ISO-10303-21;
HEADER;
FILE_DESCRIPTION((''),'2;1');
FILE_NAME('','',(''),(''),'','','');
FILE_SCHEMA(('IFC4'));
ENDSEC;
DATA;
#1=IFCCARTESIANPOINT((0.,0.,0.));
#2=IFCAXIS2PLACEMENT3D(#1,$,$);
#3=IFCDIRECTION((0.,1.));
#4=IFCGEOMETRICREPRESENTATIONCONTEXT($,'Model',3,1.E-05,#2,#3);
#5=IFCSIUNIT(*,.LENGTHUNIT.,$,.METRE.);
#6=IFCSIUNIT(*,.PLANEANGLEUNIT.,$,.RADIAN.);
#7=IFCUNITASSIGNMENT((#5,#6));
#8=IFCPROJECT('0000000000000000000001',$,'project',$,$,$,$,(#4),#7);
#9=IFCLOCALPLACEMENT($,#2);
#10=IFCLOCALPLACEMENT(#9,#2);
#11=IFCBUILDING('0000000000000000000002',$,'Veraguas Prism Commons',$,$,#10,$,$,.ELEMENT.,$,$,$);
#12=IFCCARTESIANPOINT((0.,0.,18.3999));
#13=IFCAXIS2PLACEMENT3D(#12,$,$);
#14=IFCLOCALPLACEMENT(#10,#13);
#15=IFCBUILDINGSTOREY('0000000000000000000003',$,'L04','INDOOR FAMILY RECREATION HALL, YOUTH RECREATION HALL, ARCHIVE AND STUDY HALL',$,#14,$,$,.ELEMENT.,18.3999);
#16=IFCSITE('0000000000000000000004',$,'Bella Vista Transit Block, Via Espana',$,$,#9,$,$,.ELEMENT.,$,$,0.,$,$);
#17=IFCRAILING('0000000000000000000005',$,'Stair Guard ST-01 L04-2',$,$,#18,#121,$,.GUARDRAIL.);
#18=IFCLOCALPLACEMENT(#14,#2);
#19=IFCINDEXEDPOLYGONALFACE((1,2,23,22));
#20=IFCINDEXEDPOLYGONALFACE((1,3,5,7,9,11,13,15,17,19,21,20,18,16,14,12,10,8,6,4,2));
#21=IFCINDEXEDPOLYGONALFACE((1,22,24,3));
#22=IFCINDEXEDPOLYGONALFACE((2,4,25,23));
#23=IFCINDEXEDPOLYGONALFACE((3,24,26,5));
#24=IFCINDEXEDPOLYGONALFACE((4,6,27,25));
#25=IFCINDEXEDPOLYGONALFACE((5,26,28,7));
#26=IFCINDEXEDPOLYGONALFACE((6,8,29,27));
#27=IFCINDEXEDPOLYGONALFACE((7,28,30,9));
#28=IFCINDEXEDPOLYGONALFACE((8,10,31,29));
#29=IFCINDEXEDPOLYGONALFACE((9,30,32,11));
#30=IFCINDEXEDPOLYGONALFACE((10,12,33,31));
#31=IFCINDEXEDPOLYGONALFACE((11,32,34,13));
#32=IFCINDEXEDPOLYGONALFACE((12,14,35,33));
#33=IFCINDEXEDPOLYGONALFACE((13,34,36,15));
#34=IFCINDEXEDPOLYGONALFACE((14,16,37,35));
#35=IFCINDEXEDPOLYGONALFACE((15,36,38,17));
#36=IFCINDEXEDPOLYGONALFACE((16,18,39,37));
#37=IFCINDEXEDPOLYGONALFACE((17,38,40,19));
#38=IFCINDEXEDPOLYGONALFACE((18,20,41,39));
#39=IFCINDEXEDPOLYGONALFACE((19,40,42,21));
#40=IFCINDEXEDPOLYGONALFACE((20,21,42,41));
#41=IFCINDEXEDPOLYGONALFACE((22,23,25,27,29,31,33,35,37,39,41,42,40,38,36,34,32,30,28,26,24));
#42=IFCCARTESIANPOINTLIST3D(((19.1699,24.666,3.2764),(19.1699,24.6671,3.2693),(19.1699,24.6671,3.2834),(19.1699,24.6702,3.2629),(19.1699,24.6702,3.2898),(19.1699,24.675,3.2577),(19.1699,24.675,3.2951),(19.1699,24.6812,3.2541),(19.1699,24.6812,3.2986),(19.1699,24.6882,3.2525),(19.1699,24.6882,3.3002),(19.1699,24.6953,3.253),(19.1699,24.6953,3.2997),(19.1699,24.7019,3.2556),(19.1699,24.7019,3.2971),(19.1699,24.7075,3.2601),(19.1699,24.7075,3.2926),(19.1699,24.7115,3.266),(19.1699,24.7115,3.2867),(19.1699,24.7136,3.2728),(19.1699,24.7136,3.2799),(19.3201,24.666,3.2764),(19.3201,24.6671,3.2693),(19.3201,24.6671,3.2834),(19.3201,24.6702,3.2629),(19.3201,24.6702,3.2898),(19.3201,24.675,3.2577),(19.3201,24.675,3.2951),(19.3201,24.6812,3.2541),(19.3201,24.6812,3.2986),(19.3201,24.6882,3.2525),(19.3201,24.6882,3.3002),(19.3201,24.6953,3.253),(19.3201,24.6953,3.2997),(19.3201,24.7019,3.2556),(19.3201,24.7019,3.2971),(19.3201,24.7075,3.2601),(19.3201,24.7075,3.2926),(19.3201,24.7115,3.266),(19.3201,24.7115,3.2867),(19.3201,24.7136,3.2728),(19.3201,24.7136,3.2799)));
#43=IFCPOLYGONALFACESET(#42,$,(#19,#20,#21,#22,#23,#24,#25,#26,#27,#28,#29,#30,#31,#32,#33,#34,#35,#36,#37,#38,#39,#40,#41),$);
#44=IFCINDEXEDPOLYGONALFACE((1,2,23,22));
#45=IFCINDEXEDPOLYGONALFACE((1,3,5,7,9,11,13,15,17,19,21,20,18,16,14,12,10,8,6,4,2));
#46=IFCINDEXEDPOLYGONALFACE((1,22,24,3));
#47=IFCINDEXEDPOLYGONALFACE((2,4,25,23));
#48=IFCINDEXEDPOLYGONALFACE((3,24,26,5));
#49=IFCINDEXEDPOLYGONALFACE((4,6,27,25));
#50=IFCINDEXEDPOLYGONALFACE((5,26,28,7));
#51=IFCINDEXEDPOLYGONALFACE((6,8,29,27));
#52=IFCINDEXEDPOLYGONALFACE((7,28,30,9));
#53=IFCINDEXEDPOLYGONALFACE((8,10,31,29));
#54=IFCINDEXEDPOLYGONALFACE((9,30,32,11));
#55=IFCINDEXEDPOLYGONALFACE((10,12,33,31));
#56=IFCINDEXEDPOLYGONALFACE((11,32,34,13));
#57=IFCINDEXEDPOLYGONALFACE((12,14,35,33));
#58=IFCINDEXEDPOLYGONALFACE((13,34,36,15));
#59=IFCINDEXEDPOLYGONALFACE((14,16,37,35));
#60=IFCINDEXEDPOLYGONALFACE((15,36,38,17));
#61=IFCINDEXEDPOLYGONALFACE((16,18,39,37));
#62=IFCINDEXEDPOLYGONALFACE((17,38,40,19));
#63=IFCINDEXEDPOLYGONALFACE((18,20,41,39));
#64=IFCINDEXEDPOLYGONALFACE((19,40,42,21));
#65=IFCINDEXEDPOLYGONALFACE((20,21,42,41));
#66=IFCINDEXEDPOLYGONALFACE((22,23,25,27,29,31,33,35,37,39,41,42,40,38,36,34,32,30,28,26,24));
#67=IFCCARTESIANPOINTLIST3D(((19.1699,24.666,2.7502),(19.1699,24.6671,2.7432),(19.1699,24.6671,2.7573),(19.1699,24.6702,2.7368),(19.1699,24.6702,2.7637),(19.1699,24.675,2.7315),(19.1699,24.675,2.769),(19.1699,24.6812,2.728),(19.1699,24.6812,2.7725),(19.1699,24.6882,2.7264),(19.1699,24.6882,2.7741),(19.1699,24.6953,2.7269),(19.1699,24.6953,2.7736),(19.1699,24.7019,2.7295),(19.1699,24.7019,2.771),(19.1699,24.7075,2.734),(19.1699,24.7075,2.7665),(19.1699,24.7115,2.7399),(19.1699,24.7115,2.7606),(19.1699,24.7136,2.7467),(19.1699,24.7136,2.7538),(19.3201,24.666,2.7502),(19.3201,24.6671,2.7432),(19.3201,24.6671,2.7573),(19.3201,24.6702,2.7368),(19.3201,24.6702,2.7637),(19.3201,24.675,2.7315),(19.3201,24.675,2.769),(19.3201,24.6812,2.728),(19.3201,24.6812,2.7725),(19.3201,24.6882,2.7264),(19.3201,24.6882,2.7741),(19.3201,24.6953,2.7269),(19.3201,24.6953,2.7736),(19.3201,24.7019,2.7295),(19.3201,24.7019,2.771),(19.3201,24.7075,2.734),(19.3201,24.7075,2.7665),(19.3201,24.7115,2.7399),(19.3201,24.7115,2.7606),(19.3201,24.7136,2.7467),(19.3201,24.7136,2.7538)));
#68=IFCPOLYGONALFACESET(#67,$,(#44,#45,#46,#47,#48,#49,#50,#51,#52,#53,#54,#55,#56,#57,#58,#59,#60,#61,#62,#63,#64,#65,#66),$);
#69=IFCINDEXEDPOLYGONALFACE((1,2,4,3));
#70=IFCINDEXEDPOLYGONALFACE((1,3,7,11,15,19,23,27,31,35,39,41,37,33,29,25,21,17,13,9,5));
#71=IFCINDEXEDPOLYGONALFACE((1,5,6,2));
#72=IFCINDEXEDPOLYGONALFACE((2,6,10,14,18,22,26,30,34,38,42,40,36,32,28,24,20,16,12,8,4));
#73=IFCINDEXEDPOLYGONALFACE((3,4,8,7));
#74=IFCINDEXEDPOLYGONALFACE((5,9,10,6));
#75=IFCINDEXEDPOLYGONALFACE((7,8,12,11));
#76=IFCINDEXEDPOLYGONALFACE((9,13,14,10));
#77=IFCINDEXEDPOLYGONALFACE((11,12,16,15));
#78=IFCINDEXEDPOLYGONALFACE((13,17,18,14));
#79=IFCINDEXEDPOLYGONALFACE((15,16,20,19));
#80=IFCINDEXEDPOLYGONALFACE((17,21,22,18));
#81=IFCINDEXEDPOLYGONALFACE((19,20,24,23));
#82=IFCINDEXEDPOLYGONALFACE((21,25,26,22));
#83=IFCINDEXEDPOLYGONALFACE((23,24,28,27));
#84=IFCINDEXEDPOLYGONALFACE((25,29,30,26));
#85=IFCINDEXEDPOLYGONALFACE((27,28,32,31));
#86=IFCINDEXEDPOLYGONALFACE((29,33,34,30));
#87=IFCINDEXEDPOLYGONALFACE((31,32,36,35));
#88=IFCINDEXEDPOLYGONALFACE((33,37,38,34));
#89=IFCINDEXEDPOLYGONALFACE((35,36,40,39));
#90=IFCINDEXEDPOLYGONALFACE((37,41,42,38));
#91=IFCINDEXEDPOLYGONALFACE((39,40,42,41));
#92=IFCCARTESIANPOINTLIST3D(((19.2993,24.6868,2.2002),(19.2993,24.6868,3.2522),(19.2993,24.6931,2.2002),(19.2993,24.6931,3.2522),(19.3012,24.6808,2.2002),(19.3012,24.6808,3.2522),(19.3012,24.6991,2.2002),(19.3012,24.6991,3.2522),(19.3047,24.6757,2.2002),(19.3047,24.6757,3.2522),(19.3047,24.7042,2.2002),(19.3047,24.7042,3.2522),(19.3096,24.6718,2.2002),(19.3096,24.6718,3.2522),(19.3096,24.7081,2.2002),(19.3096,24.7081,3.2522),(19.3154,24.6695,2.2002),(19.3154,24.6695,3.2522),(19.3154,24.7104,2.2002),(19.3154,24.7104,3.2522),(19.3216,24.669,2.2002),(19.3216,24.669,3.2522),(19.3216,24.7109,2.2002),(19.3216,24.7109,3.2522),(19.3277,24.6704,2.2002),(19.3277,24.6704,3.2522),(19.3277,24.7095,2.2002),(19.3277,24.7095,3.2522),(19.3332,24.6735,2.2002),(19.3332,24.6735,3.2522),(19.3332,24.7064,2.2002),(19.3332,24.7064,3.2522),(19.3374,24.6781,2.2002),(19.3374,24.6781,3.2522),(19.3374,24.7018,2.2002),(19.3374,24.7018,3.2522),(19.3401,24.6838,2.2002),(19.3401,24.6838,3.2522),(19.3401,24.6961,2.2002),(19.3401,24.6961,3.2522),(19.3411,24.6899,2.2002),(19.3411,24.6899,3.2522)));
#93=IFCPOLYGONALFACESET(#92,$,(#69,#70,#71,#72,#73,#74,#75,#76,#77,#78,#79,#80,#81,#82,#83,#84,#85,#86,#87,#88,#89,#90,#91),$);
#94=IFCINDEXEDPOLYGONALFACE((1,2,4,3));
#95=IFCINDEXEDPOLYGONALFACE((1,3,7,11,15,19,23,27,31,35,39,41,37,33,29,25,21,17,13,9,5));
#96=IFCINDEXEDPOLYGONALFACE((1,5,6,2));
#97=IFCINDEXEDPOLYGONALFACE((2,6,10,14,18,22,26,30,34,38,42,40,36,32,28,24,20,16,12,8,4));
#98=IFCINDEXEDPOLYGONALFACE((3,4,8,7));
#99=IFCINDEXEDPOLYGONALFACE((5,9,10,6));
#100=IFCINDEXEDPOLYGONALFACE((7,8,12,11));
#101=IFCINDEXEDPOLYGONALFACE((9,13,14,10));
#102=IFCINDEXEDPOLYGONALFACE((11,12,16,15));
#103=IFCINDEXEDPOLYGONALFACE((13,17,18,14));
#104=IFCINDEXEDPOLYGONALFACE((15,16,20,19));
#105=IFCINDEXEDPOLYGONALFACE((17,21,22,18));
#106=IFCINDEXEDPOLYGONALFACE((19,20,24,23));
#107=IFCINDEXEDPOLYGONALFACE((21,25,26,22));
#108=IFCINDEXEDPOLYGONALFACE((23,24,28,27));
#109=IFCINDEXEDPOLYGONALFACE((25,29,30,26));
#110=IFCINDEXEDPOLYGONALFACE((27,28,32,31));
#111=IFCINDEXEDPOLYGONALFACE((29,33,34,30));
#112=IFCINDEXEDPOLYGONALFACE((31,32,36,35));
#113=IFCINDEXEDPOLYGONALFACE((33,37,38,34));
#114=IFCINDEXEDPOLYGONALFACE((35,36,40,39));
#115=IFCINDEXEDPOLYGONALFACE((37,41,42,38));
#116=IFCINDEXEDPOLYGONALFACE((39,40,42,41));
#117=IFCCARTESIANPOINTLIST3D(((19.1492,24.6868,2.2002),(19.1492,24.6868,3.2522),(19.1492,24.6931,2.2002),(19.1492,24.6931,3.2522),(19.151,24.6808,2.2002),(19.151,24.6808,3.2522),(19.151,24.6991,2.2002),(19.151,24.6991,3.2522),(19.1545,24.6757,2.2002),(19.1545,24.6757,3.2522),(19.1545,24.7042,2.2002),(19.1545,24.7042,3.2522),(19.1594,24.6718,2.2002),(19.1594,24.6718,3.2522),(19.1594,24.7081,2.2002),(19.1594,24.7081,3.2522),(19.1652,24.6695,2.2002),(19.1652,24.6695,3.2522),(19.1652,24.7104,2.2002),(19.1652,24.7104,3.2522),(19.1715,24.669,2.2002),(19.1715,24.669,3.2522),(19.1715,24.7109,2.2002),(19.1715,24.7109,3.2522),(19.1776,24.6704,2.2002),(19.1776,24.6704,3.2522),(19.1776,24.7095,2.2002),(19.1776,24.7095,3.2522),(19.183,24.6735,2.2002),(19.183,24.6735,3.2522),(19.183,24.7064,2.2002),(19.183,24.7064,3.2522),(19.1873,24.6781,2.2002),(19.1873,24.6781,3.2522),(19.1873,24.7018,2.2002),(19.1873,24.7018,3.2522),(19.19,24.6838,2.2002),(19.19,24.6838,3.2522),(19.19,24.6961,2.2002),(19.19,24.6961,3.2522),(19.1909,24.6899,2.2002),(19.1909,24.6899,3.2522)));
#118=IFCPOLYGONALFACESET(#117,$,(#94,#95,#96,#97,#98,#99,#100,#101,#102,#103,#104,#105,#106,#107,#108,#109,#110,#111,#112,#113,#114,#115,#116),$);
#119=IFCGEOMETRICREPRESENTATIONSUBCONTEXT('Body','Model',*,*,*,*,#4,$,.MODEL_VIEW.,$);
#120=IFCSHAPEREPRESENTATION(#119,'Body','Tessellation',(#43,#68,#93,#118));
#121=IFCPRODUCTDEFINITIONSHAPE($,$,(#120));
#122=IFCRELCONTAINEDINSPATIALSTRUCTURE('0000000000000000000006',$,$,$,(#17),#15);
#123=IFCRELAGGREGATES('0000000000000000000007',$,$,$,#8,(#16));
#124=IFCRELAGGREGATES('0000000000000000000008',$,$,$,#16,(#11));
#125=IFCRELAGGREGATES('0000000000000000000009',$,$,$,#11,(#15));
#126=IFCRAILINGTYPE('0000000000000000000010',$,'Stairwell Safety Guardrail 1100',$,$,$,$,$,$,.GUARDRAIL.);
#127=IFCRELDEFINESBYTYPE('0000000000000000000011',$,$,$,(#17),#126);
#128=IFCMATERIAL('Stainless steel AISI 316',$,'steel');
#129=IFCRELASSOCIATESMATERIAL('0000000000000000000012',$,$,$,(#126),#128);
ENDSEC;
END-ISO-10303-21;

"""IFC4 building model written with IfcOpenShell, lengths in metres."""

from ifc_helpers import new_model, si_unit, direction, frame, origin, origin_2d, place, context, subcontext, project, spatial, circle, extrude, material, type_object, element, save


model = new_model("IFC4")

# Units and contexts
model_context = context("Model", 3, precision=1e-05, world=origin(), true_north=direction((0.0, 1.0)))
body_context = subcontext(model_context, "Body", "Model", "MODEL_VIEW")
ifc_project = project(units=[si_unit("LENGTHUNIT", "METRE"), si_unit("PLANEANGLEUNIT", "RADIAN")], contexts=[model_context])

# Site, building, storey
site_placement = place(None, origin())
site = spatial("IfcSite", under=ifc_project, at=site_placement, Name="Bella Vista Transit Block, Via Espana", CompositionType="ELEMENT", RefElevation=0.0)
building_placement = place(site_placement, origin())
building = spatial("IfcBuilding", under=site, at=building_placement, Name="Veraguas Prism Commons", CompositionType="ELEMENT")
storey_placement = place(building_placement, frame((0.0, 0.0, 18.3999)))
storey = spatial("IfcBuildingStorey", under=building, at=storey_placement, Name="L04", Description="INDOOR FAMILY RECREATION HALL, YOUTH RECREATION HALL, ARCHIVE AND STUDY HALL", CompositionType="ELEMENT", Elevation=18.3999)

# Railing
ifc_material_1 = material(Name="Stainless steel AISI 316", Category="steel")
railing_type_1 = type_object("IfcRailingType", Name="Stairwell Safety Guardrail 1100", PredefinedType="GUARDRAIL", material=ifc_material_1)
railing_1_placement = place(storey_placement, frame((19.3201, 24.6899, 2.2002)))
element("IfcRailing", 1, at=railing_1_placement, inside=storey, type_object=railing_type_1, Name="Stair Guard ST-01 L04-2", PredefinedType="GUARDRAIL", context=body_context, shape_type="SweptSolid", body=[
    extrude(circle(Radius=0.0239, at=origin_2d()), frame((0.0, 0.0, 1.0762), z_axis=(-1.0, 0.0, 0.0), x_axis=(0.0, -1.0, 0.0)), (0.0, 0.0, 1.0), 0.1501),
    extrude(circle(Radius=0.0239, at=origin_2d()), frame((0.0, 0.0, 0.55), z_axis=(-1.0, 0.0, 0.0), x_axis=(0.0, -1.0, 0.0)), (0.0, 0.0, 1.0), 0.1501),
    extrude(circle(Radius=0.021, at=origin_2d()), origin(), (0.0, 0.0, 1.0), 1.052),
    extrude(circle(Radius=0.021, at=origin_2d()), frame((-0.1501, 0.0, 0.0)), (0.0, 0.0, 1.0), 1.052),
])

save(model, "model.ifc")
